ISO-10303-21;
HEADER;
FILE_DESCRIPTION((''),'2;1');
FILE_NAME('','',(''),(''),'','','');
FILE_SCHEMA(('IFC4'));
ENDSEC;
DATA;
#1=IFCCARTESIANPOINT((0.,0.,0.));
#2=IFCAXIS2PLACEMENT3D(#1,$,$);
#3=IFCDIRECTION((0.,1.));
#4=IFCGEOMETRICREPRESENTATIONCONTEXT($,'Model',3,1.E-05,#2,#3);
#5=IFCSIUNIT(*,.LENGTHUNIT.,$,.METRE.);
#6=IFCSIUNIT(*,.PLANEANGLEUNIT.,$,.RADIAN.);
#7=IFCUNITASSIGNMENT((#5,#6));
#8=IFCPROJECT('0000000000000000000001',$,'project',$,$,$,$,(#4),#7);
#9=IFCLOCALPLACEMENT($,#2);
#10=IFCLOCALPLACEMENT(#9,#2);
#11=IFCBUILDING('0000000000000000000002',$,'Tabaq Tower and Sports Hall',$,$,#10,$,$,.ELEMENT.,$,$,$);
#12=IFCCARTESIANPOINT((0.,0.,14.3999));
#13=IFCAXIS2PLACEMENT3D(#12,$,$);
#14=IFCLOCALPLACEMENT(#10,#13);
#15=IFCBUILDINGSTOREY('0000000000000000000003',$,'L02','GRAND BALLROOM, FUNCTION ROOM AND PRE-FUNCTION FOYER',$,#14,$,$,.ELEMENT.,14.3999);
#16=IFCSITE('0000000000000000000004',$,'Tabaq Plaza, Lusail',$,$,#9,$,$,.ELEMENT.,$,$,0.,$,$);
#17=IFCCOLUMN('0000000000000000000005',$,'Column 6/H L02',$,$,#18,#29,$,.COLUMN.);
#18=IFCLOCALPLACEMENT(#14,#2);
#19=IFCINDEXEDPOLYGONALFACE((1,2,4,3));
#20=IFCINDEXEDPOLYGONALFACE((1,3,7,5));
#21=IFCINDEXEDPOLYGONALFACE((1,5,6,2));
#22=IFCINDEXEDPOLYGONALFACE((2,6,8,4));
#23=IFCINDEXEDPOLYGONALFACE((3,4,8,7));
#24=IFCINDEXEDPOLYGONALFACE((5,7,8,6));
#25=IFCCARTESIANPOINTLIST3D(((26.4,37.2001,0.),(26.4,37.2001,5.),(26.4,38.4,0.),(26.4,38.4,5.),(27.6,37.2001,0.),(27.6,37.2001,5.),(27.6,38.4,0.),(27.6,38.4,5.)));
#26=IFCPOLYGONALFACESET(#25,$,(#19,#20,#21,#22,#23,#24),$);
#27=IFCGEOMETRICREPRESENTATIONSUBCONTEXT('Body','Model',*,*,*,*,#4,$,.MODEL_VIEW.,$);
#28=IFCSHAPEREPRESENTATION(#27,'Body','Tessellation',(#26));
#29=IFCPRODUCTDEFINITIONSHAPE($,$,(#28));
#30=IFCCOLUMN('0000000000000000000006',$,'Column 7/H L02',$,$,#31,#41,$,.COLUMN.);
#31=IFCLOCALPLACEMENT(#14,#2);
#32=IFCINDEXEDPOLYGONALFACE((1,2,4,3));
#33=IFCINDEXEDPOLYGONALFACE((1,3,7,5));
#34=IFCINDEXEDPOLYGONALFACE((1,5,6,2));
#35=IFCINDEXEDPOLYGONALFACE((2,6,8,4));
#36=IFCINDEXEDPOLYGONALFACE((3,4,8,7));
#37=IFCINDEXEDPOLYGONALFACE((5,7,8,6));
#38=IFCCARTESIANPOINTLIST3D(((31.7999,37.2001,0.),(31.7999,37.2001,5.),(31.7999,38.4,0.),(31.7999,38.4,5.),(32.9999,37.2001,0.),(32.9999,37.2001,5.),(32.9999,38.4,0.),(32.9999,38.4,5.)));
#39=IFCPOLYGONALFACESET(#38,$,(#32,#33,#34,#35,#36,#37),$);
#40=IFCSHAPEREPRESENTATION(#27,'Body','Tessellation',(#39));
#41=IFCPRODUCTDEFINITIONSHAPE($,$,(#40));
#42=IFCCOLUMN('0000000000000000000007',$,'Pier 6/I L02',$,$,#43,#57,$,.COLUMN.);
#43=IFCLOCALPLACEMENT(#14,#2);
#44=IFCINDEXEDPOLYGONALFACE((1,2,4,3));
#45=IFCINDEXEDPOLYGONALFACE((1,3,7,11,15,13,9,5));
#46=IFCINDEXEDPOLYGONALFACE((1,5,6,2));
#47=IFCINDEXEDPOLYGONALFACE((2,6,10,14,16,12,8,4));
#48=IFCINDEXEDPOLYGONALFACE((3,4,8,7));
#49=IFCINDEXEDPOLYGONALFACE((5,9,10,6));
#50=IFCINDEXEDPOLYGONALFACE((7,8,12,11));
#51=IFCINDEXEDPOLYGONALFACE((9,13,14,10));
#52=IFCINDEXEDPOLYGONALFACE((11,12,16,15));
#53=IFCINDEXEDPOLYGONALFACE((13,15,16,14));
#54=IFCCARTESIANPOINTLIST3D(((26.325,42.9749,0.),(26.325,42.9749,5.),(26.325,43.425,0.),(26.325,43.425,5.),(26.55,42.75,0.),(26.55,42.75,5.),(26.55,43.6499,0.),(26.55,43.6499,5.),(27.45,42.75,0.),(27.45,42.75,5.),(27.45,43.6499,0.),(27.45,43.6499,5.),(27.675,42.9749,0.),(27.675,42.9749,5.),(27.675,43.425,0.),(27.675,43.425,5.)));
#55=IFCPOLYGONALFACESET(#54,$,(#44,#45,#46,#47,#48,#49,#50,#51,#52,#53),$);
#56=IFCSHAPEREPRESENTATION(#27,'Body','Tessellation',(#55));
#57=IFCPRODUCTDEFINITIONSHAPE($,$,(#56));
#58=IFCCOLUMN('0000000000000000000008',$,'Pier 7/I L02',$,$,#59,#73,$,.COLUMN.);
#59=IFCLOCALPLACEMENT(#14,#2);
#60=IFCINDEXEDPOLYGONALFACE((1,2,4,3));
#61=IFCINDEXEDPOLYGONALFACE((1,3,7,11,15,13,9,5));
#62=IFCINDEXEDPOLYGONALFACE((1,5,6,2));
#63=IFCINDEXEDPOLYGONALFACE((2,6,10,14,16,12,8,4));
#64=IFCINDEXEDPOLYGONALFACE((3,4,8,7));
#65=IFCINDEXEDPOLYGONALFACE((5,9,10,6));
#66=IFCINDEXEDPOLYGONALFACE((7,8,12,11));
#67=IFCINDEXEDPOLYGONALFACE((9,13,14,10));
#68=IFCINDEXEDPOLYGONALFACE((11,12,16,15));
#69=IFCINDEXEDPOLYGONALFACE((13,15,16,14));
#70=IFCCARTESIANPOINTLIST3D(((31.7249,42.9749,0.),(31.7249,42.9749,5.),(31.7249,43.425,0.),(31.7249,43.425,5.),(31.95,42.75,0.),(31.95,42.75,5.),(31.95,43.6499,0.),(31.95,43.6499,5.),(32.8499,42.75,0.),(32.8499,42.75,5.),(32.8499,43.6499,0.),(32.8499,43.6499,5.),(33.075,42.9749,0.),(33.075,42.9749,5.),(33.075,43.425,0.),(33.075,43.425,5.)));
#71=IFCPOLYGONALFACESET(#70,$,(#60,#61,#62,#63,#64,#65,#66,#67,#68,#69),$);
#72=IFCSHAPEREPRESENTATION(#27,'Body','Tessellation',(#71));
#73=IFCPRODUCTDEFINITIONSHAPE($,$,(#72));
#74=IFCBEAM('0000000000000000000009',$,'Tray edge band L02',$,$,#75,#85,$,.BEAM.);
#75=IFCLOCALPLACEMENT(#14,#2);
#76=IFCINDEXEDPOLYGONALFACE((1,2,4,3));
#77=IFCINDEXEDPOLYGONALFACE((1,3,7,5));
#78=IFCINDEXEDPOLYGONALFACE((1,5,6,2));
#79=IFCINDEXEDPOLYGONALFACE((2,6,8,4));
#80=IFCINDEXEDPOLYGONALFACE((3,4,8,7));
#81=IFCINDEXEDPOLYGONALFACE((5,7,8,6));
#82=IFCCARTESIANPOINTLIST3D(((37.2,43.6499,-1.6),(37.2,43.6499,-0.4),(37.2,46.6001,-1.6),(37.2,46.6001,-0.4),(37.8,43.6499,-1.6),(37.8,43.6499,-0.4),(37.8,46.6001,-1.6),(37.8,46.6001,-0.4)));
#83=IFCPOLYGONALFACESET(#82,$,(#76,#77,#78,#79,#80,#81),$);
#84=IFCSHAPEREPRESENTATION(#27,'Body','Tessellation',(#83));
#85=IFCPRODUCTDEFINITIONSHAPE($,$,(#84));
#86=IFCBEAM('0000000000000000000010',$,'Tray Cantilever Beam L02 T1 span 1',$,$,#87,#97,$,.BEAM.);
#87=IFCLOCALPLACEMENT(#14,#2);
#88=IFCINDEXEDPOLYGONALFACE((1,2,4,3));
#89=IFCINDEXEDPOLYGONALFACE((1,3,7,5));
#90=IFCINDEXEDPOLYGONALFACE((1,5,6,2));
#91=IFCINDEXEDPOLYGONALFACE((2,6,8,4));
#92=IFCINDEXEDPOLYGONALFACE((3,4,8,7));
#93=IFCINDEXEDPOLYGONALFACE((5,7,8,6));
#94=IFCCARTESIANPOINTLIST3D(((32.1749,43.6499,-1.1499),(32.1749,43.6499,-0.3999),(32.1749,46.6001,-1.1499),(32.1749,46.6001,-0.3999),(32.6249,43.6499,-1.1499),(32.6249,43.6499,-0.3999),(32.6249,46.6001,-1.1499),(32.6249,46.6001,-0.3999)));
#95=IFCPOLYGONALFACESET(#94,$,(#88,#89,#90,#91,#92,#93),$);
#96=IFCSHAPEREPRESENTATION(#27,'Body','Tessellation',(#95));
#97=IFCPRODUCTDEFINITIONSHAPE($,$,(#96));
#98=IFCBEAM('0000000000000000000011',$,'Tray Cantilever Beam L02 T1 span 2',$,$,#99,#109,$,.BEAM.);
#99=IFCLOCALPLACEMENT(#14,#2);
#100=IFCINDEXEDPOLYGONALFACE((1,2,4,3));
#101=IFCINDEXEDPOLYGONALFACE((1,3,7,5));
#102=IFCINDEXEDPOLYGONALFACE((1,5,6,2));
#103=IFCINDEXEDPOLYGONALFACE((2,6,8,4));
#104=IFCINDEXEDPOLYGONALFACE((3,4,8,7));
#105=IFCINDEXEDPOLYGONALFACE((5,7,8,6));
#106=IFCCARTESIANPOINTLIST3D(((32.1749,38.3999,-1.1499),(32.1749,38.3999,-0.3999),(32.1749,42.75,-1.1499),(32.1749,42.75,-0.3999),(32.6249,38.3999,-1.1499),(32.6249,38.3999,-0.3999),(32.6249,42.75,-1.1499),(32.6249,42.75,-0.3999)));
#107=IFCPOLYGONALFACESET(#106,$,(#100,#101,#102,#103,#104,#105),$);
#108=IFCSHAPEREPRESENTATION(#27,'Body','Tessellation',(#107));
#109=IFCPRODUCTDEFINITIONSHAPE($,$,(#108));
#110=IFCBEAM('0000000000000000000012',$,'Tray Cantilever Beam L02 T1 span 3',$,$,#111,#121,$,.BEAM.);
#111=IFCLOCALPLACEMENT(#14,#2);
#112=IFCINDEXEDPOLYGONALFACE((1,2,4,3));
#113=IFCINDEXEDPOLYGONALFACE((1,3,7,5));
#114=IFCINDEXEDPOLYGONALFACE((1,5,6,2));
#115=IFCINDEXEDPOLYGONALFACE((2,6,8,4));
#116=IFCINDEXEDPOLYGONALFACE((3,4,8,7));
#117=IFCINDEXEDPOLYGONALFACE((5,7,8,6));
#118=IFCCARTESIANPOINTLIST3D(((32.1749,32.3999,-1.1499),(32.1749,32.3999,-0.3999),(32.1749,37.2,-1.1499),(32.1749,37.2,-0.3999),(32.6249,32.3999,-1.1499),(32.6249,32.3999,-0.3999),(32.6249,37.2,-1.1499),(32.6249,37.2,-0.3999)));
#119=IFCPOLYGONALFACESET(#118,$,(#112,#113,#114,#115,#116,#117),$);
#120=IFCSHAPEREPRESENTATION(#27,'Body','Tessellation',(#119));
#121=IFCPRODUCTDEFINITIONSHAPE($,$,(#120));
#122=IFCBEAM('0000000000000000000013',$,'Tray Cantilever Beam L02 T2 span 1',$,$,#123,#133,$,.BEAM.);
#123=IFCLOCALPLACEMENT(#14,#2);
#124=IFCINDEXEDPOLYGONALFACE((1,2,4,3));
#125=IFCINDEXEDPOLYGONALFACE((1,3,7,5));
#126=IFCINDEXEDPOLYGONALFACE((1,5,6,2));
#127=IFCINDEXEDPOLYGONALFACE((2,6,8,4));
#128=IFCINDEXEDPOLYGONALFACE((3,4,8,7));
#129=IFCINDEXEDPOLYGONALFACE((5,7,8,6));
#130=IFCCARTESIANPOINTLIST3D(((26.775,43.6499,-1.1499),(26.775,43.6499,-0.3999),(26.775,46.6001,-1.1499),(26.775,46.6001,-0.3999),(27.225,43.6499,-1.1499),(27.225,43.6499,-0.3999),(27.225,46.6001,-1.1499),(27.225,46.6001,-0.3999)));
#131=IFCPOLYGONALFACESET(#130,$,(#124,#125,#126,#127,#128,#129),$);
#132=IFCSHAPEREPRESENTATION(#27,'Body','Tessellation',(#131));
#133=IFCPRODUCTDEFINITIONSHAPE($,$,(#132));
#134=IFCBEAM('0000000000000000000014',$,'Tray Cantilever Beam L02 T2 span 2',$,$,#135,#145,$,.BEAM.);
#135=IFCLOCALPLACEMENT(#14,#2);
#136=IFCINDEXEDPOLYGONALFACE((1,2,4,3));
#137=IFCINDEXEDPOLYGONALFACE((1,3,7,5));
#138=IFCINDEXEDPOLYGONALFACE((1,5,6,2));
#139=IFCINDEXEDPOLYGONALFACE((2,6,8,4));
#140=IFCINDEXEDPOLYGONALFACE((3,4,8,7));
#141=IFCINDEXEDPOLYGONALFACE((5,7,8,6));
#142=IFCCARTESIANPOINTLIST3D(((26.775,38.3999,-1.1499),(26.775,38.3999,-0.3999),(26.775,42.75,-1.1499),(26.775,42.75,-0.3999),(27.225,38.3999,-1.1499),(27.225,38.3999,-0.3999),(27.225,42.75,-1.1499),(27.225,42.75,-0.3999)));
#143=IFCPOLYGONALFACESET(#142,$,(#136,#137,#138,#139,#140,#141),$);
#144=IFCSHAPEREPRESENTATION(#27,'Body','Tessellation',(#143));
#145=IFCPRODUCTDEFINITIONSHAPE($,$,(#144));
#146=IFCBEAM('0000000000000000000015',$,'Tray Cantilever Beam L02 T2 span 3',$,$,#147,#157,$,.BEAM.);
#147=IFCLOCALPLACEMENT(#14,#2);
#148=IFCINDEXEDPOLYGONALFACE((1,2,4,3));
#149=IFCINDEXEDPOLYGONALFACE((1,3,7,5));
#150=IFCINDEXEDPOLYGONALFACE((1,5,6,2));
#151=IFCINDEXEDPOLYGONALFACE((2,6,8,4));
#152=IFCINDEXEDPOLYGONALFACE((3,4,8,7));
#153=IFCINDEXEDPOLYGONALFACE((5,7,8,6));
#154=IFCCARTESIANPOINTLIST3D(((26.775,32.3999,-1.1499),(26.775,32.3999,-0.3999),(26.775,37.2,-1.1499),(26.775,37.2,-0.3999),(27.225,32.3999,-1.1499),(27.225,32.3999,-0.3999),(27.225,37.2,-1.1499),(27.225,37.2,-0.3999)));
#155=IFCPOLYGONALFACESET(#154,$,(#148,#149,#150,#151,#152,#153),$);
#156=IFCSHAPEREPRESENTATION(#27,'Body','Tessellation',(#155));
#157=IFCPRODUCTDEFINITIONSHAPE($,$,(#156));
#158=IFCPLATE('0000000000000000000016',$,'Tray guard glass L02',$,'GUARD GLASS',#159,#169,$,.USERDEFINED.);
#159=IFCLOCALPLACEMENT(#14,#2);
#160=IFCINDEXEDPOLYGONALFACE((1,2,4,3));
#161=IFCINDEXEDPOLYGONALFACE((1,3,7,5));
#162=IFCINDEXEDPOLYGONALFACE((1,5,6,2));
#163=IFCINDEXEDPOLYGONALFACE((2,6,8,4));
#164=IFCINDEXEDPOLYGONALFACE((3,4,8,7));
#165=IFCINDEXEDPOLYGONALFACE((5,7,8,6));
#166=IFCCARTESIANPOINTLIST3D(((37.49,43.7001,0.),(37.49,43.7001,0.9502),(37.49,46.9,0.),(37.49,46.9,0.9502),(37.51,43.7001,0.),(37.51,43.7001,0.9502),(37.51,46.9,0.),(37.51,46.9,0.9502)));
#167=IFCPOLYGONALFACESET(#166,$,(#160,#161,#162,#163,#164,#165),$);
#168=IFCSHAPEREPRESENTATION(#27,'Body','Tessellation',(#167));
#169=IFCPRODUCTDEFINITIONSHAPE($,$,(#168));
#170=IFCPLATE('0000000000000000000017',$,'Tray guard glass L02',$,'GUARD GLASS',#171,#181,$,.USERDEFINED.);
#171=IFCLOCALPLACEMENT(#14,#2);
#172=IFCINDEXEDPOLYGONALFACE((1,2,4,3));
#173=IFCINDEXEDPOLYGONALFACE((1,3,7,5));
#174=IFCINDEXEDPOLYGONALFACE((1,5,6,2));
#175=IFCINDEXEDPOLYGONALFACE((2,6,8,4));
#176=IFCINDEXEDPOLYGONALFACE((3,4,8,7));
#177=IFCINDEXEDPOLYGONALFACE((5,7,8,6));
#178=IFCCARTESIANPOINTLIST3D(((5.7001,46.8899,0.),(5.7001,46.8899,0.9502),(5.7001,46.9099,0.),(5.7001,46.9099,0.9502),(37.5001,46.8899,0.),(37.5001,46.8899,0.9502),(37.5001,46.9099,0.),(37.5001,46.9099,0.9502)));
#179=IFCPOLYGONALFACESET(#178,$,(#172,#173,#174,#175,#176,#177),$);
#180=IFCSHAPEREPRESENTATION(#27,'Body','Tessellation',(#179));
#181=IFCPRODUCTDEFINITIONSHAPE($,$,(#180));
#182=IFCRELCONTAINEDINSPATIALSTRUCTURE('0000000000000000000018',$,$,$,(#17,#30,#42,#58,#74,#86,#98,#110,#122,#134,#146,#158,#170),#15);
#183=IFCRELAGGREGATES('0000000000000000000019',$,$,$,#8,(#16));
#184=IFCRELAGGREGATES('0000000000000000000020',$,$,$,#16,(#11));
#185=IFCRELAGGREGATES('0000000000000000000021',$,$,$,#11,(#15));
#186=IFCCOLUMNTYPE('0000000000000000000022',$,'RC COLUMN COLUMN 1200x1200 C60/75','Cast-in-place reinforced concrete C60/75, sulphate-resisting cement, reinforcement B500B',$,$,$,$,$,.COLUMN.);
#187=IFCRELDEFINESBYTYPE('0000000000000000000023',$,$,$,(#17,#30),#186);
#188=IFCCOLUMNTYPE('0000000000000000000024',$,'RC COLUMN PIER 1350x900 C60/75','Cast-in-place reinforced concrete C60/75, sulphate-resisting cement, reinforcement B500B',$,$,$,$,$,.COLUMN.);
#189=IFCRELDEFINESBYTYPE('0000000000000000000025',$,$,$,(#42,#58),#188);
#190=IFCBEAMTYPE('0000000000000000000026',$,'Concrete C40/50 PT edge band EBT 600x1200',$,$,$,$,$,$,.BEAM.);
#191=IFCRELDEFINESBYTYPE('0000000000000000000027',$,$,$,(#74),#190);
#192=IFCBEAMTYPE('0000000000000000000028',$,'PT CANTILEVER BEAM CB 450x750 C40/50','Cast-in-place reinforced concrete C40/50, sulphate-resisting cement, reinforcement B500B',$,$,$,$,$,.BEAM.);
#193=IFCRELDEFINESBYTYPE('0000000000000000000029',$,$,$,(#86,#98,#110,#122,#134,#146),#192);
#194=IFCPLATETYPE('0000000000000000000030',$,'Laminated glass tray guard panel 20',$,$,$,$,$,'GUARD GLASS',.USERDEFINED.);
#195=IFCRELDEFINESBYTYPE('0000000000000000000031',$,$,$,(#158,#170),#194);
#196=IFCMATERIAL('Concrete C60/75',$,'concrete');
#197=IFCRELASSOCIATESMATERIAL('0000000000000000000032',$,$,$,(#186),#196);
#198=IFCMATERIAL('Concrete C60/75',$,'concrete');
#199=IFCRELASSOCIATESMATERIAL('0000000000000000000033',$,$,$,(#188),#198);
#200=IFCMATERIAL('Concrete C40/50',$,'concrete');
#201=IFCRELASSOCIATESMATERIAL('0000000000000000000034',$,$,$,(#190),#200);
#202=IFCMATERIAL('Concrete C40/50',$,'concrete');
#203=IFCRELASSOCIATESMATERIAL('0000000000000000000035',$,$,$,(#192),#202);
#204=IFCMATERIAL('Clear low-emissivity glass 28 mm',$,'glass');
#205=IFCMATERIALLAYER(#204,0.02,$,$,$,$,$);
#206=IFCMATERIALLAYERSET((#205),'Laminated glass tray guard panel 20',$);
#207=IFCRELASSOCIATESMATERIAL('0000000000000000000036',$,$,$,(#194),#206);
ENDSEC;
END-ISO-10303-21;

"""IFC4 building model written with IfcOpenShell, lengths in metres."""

from ifc_helpers import new_model, si_unit, direction, frame, frame_2d, origin, origin_2d, place, context, subcontext, project, spatial, polyline, rectangle, outline, extrude, material, layer, layer_set, material_profile, profile_set, type_object, element, save


model = new_model("IFC4")

# Units and contexts
model_context = context("Model", 3, precision=1e-05, world=origin(), true_north=direction((0.0, 1.0)))
body_context = subcontext(model_context, "Body", "Model", "MODEL_VIEW")
ifc_project = project(units=[si_unit("LENGTHUNIT", "METRE"), si_unit("PLANEANGLEUNIT", "RADIAN")], contexts=[model_context])

# Site, building, storey
site_placement = place(None, origin())
site = spatial("IfcSite", under=ifc_project, at=site_placement, Name="Tabaq Plaza, Lusail", CompositionType="ELEMENT", RefElevation=0.0)
building_placement = place(site_placement, origin())
building = spatial("IfcBuilding", under=site, at=building_placement, Name="Tabaq Tower and Sports Hall", CompositionType="ELEMENT")
storey_placement = place(building_placement, frame((0.0, 0.0, 14.3999)))
storey = spatial("IfcBuildingStorey", under=building, at=storey_placement, Name="L02", Description="GRAND BALLROOM, FUNCTION ROOM AND PRE-FUNCTION FOYER", CompositionType="ELEMENT", Elevation=14.3999)

# Columns
ifc_material_1 = material(Name="Concrete C60/75", Category="concrete")
ifc_material_profile_1 = material_profile(ifc_material_1, rectangle(XDim=1.2, YDim=1.2, at=origin_2d()), Name="COLUMN 1200x1200")
ifc_profile_set_1 = profile_set([ifc_material_profile_1], Name="Concrete C60/75")
column_type_1 = type_object("IfcColumnType", Name="RC COLUMN COLUMN 1200x1200 C60/75", Description="Cast-in-place reinforced concrete C60/75, sulphate-resisting cement, reinforcement B500B", PredefinedType="COLUMN", material=ifc_profile_set_1)
for number, where, z_axis, x_axis, name in (
    (1, (27.0, 37.8, 0.0), (0.0, 0.0, 1.0), (1.0, 0.0, 0.0), "Column 6/H L02"),
    (2, (32.3999, 37.8, 0.0), (0.0, 0.0, 1.0), (1.0, 0.0, 0.0), "Column 7/H L02"),
):
    element("IfcColumn", number, at=place(storey_placement, frame(where, z_axis=z_axis, x_axis=x_axis)), inside=storey, type_object=column_type_1, Name=name, PredefinedType="COLUMN", context=body_context, shape_type="SweptSolid", body=[
        extrude(rectangle(XDim=1.2, YDim=1.2, at=origin_2d()), origin(), (0.0, 0.0, 1.0), 5.0),
    ])
ifc_material_2 = material(Name="Concrete C60/75", Category="concrete")
ifc_material_profile_2 = material_profile(ifc_material_2, outline(polyline([(-0.45, -0.45), (0.45, -0.45), (0.675, -0.2251), (0.675, 0.2251), (0.45, 0.45), (-0.45, 0.45), (-0.675, 0.2251), (-0.675, -0.2251), (-0.45, -0.45)])), Name="PIER 1350x900")
ifc_profile_set_2 = profile_set([ifc_material_profile_2], Name="Concrete C60/75")
column_type_2 = type_object("IfcColumnType", Name="RC COLUMN PIER 1350x900 C60/75", Description="Cast-in-place reinforced concrete C60/75, sulphate-resisting cement, reinforcement B500B", PredefinedType="COLUMN", material=ifc_profile_set_2)
for number, where, z_axis, x_axis, name in (
    (3, (27.0, 43.2, 0.0), (0.0, 0.0, 1.0), (1.0, 0.0, 0.0), "Pier 6/I L02"),
    (4, (32.3999, 43.2, 0.0), (0.0, 0.0, 1.0), (1.0, 0.0, 0.0), "Pier 7/I L02"),
):
    element("IfcColumn", number, at=place(storey_placement, frame(where, z_axis=z_axis, x_axis=x_axis)), inside=storey, type_object=column_type_2, Name=name, PredefinedType="COLUMN", context=body_context, shape_type="SweptSolid", body=[
        extrude(outline(polyline([(-0.45, -0.45), (0.45, -0.45), (0.675, -0.2251), (0.675, 0.2251), (0.45, 0.45), (-0.45, 0.45), (-0.675, 0.2251), (-0.675, -0.2251), (-0.45, -0.45)])), origin(), (0.0, 0.0, 1.0), 5.0),
    ])

# Beams
ifc_material_3 = material(Name="Concrete C40/50", Category="concrete")
ifc_material_profile_3 = material_profile(ifc_material_3, rectangle(XDim=0.6001, YDim=1.2, at=origin_2d()), Name="EBT 600x1200")
ifc_profile_set_3 = profile_set([ifc_material_profile_3], Name="Concrete C40/50")
beam_type_1 = type_object("IfcBeamType", Name="Concrete C40/50 PT edge band EBT 600x1200", PredefinedType="BEAM", material=ifc_profile_set_3)
beam_1_placement = place(storey_placement, frame((37.5, 43.6499, -1.0), z_axis=(0.0, 1.0, 0.0), x_axis=(-1.0, 0.0, 0.0)))
element("IfcBeam", 5, at=beam_1_placement, inside=storey, type_object=beam_type_1, Name="Tray edge band L02", PredefinedType="BEAM", context=body_context, shape_type="SweptSolid", body=[
    extrude(rectangle(XDim=0.6001, YDim=1.2, at=origin_2d()), origin(), (0.0, 0.0, 1.0), 2.9502),
])
ifc_material_4 = material(Name="Concrete C40/50", Category="concrete")
ifc_material_profile_4 = material_profile(ifc_material_4, rectangle(XDim=0.45, YDim=0.75, at=origin_2d()), Name="CB 450x750")
ifc_profile_set_4 = profile_set([ifc_material_profile_4], Name="Concrete C40/50")
beam_type_2 = type_object("IfcBeamType", Name="PT CANTILEVER BEAM CB 450x750 C40/50", Description="Cast-in-place reinforced concrete C40/50, sulphate-resisting cement, reinforcement B500B", PredefinedType="BEAM", material=ifc_profile_set_4)
beam_2_placement = place(storey_placement, frame((32.3999, 46.6001, -0.7749), z_axis=(0.0, -1.0, 0.0), x_axis=(1.0, 0.0, 0.0)))
element("IfcBeam", 6, at=beam_2_placement, inside=storey, type_object=beam_type_2, Name="Tray Cantilever Beam L02 T1 span 1", PredefinedType="BEAM", context=body_context, shape_type="SweptSolid", body=[
    extrude(rectangle(XDim=0.45, YDim=0.75, at=origin_2d()), origin(), (0.0, 0.0, 1.0), 2.9502),
])
beam_3_placement = place(storey_placement, frame((32.3999, 42.75, -0.7749), z_axis=(0.0, -1.0, 0.0), x_axis=(1.0, 0.0, 0.0)))
element("IfcBeam", 7, at=beam_3_placement, inside=storey, type_object=beam_type_2, Name="Tray Cantilever Beam L02 T1 span 2", PredefinedType="BEAM", context=body_context, shape_type="SweptSolid", body=[
    extrude(rectangle(XDim=0.45, YDim=0.75, at=origin_2d()), origin(), (0.0, 0.0, 1.0), 4.3501),
])
beam_4_placement = place(storey_placement, frame((32.3999, 37.2, -0.7749), z_axis=(0.0, -1.0, 0.0), x_axis=(1.0, 0.0, 0.0)))
element("IfcBeam", 8, at=beam_4_placement, inside=storey, type_object=beam_type_2, Name="Tray Cantilever Beam L02 T1 span 3", PredefinedType="BEAM", context=body_context, shape_type="SweptSolid", body=[
    extrude(rectangle(XDim=0.45, YDim=0.75, at=origin_2d()), origin(), (0.0, 0.0, 1.0), 4.8),
])
beam_5_placement = place(storey_placement, frame((27.0, 46.6001, -0.7749), z_axis=(0.0, -1.0, 0.0), x_axis=(1.0, 0.0, 0.0)))
element("IfcBeam", 9, at=beam_5_placement, inside=storey, type_object=beam_type_2, Name="Tray Cantilever Beam L02 T2 span 1", PredefinedType="BEAM", context=body_context, shape_type="SweptSolid", body=[
    extrude(rectangle(XDim=0.45, YDim=0.75, at=origin_2d()), origin(), (0.0, 0.0, 1.0), 2.9502),
])
beam_6_placement = place(storey_placement, frame((27.0, 42.75, -0.7749), z_axis=(0.0, -1.0, 0.0), x_axis=(1.0, 0.0, 0.0)))
element("IfcBeam", 10, at=beam_6_placement, inside=storey, type_object=beam_type_2, Name="Tray Cantilever Beam L02 T2 span 2", PredefinedType="BEAM", context=body_context, shape_type="SweptSolid", body=[
    extrude(rectangle(XDim=0.45, YDim=0.75, at=origin_2d()), origin(), (0.0, 0.0, 1.0), 4.3501),
])
beam_7_placement = place(storey_placement, frame((27.0, 37.2, -0.7749), z_axis=(0.0, -1.0, 0.0), x_axis=(1.0, 0.0, 0.0)))
element("IfcBeam", 11, at=beam_7_placement, inside=storey, type_object=beam_type_2, Name="Tray Cantilever Beam L02 T2 span 3", PredefinedType="BEAM", context=body_context, shape_type="SweptSolid", body=[
    extrude(rectangle(XDim=0.45, YDim=0.75, at=origin_2d()), origin(), (0.0, 0.0, 1.0), 4.8),
])

# Plates
ifc_material_5 = material(Name="Clear low-emissivity glass 28 mm", Category="glass")
ifc_layer_1 = layer(ifc_material_5, 0.02)
ifc_layer_set_1 = layer_set([ifc_layer_1], Name="Laminated glass tray guard panel 20")
plate_type = type_object("IfcPlateType", Name="Laminated glass tray guard panel 20", ElementType="GUARD GLASS", PredefinedType="USERDEFINED", material=ifc_layer_set_1)
plate_1_placement = place(storey_placement, frame((37.5, 43.7, 0.0), z_axis=(0.0, 0.0, 1.0), x_axis=(0.0, 1.0, 0.0)))
element("IfcPlate", 12, at=plate_1_placement, inside=storey, type_object=plate_type, Name="Tray guard glass L02", ObjectType="GUARD GLASS", PredefinedType="USERDEFINED", context=body_context, shape_type="SweptSolid", body=[
    extrude(rectangle(XDim=3.2, YDim=0.02, at=frame_2d((1.6001, 0.0))), origin(), (0.0, 0.0, 1.0), 0.9502),
])
plate_2_placement = place(storey_placement, frame((37.5, 46.8999, 0.0), z_axis=(0.0, 0.0, 1.0), x_axis=(-1.0, 0.0, 0.0)))
element("IfcPlate", 13, at=plate_2_placement, inside=storey, type_object=plate_type, Name="Tray guard glass L02", ObjectType="GUARD GLASS", PredefinedType="USERDEFINED", context=body_context, shape_type="SweptSolid", body=[
    extrude(rectangle(XDim=31.8, YDim=0.02, at=frame_2d((15.8999, 0.0))), origin(), (0.0, 0.0, 1.0), 0.9502),
])

save(model, "model.ifc")
